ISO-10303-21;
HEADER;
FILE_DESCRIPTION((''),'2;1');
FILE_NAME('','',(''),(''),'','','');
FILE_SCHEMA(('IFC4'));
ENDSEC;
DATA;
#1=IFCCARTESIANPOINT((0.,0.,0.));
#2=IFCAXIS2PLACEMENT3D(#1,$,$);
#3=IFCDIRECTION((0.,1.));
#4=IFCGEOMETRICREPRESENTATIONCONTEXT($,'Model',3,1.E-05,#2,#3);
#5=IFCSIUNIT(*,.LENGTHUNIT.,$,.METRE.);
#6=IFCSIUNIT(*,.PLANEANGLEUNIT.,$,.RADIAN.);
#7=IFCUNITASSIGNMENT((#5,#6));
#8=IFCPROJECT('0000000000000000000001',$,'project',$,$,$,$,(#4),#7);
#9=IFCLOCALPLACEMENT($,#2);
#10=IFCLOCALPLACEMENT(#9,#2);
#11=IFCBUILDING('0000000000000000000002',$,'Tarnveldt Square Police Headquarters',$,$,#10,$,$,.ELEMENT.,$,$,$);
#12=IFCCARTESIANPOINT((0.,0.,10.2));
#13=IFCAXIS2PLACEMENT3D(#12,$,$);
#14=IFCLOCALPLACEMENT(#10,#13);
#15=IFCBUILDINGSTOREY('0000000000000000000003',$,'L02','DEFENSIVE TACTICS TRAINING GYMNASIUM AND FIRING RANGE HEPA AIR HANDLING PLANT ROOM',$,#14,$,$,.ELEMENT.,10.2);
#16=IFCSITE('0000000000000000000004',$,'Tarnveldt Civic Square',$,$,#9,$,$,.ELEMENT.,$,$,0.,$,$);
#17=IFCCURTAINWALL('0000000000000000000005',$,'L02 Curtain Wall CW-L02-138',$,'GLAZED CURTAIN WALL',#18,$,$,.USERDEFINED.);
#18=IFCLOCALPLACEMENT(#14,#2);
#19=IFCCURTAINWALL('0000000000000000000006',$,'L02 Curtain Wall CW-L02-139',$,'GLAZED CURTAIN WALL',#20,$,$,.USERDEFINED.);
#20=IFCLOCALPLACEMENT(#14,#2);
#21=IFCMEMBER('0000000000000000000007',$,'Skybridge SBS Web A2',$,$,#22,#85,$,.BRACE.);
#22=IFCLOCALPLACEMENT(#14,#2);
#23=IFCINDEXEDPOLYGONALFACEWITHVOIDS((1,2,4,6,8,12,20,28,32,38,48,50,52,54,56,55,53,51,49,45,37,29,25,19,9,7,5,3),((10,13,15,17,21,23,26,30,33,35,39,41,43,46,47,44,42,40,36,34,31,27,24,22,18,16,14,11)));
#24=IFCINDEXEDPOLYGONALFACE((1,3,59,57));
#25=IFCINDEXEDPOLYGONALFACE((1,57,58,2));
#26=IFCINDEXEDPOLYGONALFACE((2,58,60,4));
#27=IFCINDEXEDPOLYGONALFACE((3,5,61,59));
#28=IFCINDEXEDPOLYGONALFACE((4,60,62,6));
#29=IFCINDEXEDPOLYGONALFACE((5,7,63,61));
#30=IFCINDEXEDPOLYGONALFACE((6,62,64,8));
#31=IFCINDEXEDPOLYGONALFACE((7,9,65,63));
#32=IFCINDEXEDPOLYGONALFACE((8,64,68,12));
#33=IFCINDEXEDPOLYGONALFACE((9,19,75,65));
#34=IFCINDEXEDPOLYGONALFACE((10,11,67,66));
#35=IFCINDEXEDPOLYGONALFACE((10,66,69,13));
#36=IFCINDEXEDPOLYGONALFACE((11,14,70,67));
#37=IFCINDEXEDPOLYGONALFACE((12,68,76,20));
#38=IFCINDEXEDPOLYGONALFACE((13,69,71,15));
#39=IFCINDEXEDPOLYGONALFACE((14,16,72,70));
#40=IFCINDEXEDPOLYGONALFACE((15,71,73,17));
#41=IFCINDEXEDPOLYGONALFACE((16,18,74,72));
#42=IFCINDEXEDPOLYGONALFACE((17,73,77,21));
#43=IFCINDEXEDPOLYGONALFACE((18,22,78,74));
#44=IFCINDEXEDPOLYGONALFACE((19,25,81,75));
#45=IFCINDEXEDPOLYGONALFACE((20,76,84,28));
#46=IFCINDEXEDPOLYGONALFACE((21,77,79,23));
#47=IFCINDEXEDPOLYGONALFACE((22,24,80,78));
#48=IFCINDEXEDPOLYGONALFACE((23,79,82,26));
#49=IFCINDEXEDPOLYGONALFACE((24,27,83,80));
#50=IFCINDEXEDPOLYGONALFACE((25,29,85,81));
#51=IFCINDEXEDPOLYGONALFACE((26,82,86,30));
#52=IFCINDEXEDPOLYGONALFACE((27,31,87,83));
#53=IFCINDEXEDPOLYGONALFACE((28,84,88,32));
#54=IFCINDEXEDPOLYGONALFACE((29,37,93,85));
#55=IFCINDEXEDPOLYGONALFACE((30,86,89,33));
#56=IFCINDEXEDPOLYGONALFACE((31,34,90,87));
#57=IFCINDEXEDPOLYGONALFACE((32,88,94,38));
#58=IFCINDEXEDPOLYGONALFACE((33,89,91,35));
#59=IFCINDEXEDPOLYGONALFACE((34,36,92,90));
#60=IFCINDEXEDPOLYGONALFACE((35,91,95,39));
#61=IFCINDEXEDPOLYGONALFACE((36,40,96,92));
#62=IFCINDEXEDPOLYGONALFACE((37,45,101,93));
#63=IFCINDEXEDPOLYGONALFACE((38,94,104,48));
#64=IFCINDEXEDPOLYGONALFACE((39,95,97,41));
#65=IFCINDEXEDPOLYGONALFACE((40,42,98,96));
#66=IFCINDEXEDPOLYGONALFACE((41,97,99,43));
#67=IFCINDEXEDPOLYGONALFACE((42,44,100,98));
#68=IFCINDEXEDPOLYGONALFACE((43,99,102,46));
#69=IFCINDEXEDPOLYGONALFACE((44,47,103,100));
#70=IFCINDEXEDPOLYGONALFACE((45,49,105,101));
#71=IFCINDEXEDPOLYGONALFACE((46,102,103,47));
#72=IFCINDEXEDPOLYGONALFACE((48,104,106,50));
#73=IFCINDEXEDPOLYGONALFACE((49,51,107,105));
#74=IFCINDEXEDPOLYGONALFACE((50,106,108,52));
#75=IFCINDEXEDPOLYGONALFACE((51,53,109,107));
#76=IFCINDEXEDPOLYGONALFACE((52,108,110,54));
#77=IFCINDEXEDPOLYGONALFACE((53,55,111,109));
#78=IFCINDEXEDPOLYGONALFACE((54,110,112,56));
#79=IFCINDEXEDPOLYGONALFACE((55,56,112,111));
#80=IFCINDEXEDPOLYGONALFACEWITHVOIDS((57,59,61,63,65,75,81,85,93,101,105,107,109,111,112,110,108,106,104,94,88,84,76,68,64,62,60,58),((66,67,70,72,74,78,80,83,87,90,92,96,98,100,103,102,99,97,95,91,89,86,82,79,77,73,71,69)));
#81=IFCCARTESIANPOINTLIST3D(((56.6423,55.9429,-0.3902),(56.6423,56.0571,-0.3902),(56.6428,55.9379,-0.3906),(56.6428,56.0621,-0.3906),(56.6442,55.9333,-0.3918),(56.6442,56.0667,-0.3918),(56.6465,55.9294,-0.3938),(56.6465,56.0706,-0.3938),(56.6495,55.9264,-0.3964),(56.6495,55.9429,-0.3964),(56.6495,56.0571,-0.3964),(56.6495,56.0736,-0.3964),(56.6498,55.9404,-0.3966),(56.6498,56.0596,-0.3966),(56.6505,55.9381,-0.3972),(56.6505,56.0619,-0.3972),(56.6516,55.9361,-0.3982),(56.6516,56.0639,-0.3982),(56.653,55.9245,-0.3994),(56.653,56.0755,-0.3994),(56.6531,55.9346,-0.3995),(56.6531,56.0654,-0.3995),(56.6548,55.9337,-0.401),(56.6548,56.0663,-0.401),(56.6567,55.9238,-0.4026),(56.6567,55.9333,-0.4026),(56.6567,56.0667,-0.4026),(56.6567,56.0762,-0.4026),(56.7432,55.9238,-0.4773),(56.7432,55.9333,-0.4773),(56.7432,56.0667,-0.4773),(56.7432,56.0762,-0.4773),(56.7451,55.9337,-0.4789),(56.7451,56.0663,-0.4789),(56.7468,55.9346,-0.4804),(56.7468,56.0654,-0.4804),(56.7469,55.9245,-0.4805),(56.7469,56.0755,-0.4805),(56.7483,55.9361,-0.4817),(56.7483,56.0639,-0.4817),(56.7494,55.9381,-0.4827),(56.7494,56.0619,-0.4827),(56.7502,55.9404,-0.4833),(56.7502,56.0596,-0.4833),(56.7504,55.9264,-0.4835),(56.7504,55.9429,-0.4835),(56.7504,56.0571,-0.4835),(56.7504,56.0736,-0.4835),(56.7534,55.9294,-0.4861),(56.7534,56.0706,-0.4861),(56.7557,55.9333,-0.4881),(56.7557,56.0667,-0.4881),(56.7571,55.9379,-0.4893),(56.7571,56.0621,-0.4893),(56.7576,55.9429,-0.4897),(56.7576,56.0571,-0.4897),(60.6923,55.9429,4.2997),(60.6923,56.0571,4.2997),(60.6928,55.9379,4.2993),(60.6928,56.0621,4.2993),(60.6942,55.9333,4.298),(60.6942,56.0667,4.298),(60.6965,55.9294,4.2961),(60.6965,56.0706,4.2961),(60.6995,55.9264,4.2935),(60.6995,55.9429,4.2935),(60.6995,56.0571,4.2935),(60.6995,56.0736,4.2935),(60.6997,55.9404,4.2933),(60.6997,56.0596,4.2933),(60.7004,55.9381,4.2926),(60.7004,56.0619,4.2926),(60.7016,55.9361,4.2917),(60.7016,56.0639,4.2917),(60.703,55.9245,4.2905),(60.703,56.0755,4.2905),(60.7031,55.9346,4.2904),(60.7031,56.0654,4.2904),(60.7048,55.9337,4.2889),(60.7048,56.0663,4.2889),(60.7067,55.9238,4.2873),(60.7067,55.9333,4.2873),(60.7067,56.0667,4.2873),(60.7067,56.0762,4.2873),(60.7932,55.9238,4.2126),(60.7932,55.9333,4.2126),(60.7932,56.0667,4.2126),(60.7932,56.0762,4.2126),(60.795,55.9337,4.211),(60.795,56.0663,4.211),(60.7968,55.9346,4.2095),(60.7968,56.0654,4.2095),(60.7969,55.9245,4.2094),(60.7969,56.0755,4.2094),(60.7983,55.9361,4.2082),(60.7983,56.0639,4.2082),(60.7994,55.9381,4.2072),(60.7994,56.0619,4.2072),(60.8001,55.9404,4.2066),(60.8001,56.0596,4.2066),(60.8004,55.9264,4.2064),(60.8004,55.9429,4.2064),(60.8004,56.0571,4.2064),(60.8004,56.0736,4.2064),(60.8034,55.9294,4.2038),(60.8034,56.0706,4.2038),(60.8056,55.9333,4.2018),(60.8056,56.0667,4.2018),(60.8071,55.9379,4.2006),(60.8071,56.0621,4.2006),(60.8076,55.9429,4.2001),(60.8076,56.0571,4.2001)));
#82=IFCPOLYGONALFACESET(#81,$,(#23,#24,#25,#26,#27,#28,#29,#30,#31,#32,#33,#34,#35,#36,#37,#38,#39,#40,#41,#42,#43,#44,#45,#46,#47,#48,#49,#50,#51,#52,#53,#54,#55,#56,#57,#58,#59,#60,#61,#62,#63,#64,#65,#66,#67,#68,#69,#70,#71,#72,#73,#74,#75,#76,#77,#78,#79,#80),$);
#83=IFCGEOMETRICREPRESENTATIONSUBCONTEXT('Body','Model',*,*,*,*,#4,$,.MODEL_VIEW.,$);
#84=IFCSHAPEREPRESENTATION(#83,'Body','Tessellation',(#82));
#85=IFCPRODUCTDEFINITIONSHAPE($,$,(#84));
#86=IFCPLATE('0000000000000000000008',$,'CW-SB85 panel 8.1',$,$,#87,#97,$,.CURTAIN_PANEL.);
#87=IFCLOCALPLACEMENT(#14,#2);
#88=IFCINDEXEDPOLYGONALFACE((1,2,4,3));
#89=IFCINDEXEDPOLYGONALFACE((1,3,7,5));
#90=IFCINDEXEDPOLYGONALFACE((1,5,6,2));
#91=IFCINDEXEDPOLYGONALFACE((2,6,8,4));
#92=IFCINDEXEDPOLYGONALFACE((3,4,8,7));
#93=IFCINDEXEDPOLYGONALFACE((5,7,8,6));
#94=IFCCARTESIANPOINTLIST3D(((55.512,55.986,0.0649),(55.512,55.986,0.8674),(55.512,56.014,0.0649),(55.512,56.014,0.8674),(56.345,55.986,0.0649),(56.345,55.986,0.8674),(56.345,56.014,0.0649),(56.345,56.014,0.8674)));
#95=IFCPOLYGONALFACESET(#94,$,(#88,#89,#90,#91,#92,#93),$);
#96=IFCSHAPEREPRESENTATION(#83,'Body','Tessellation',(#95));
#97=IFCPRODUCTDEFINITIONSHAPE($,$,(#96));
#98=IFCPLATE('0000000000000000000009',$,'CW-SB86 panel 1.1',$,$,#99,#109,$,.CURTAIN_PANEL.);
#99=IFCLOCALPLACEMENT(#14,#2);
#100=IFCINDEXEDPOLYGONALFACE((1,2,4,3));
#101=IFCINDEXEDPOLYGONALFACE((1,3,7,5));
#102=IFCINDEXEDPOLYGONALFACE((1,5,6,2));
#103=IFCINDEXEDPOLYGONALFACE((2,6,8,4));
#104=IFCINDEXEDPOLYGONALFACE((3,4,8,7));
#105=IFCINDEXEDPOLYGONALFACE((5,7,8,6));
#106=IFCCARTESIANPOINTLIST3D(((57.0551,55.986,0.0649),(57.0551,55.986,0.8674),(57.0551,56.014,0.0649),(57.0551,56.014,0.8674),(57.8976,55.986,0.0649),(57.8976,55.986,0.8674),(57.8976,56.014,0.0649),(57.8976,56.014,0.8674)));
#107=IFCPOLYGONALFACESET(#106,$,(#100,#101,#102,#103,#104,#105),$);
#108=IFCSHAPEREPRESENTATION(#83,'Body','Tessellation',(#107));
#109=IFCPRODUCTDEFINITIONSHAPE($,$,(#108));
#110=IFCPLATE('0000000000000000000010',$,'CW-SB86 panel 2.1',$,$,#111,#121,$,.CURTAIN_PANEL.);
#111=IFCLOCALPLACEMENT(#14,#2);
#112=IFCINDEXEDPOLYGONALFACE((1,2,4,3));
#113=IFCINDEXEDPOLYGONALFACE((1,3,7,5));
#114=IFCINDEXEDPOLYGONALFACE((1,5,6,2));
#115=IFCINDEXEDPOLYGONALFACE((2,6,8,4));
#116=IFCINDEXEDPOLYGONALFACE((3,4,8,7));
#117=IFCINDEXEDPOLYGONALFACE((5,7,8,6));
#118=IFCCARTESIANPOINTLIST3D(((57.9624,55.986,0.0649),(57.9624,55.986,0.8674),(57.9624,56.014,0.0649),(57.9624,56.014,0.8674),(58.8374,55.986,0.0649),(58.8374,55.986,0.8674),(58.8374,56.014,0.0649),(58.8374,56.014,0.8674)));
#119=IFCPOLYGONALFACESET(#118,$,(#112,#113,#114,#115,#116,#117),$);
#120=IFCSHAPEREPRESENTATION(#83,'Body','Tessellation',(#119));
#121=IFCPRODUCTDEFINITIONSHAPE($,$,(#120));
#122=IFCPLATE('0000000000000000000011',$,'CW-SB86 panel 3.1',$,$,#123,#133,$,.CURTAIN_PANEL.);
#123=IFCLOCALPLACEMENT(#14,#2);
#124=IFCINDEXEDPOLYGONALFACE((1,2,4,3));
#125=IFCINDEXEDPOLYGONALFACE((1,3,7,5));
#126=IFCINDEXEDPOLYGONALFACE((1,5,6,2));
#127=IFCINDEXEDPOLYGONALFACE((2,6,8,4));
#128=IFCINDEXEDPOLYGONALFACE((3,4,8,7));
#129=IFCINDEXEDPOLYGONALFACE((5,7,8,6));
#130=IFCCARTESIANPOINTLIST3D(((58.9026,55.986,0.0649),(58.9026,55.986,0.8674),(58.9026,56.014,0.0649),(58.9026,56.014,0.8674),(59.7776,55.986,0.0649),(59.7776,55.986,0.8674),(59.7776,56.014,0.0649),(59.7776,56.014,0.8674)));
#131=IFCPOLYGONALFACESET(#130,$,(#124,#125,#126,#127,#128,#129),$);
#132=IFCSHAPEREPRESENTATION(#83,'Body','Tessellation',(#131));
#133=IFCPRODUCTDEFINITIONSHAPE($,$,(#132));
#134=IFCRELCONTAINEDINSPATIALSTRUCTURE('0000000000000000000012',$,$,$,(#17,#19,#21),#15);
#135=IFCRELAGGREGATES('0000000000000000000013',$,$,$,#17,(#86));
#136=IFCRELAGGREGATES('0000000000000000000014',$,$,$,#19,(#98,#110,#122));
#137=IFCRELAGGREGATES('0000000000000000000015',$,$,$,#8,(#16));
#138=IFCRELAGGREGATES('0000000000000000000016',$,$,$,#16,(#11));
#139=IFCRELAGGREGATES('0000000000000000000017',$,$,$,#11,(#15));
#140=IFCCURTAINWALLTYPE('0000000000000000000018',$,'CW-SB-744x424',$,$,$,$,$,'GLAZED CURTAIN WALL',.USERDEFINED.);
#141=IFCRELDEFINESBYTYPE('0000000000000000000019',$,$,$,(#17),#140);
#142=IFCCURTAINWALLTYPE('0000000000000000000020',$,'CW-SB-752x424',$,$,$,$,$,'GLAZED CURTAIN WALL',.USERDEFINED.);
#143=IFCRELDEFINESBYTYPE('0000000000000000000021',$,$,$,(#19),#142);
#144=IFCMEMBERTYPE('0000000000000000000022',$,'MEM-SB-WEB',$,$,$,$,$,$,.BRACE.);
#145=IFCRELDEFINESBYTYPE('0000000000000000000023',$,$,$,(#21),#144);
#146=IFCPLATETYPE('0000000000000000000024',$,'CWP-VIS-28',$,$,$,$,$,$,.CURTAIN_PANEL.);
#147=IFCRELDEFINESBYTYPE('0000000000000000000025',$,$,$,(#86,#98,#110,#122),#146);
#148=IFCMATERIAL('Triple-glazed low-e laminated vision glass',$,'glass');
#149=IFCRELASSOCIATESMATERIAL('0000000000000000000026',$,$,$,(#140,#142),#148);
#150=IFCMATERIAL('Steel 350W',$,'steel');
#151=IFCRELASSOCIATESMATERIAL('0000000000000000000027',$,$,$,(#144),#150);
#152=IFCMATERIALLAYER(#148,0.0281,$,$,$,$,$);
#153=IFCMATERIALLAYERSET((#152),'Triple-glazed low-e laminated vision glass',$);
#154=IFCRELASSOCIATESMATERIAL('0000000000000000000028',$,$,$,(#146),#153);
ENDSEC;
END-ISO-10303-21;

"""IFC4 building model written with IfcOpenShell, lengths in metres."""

from ifc_helpers import new_model, si_unit, direction, frame, origin, origin_2d, place, context, subcontext, project, spatial, rectangle, hollow_rectangle, extrude, material, layer, layer_set, material_profile, profile_set, type_object, element, aggregate, save


model = new_model("IFC4")

# Units and contexts
model_context = context("Model", 3, precision=1e-05, world=origin(), true_north=direction((0.0, 1.0)))
body_context = subcontext(model_context, "Body", "Model", "MODEL_VIEW")
ifc_project = project(units=[si_unit("LENGTHUNIT", "METRE"), si_unit("PLANEANGLEUNIT", "RADIAN")], contexts=[model_context])

# Site, building, storey
site_placement = place(None, origin())
site = spatial("IfcSite", under=ifc_project, at=site_placement, Name="Tarnveldt Civic Square", CompositionType="ELEMENT", RefElevation=0.0)
building_placement = place(site_placement, origin())
building = spatial("IfcBuilding", under=site, at=building_placement, Name="Tarnveldt Square Police Headquarters", CompositionType="ELEMENT")
storey_placement = place(building_placement, frame((0.0, 0.0, 10.2)))
storey = spatial("IfcBuildingStorey", under=building, at=storey_placement, Name="L02", Description="DEFENSIVE TACTICS TRAINING GYMNASIUM AND FIRING RANGE HEPA AIR HANDLING PLANT ROOM", CompositionType="ELEMENT", Elevation=10.2)

# Shared definitions
ifc_material_1 = material(Name="Steel 350W", Category="steel")

# Curtain walls
ifc_material_2 = material(Name="Triple-glazed low-e laminated vision glass", Category="glass")
curtain_wall_type_1 = type_object("IfcCurtainWallType", Name="CW-SB-744x424", ElementType="GLAZED CURTAIN WALL", PredefinedType="USERDEFINED", material=ifc_material_2)
curtain_wall_1_placement = place(storey_placement, origin())
curtain_wall_1 = element("IfcCurtainWall", 1, at=curtain_wall_1_placement, inside=storey, type_object=curtain_wall_type_1, Name="L02 Curtain Wall CW-L02-138", ObjectType="GLAZED CURTAIN WALL", PredefinedType="USERDEFINED")
curtain_wall_type_2 = type_object("IfcCurtainWallType", Name="CW-SB-752x424", ElementType="GLAZED CURTAIN WALL", PredefinedType="USERDEFINED", material=ifc_material_2)
curtain_wall_2_placement = place(storey_placement, origin())
curtain_wall_2 = element("IfcCurtainWall", 2, at=curtain_wall_2_placement, inside=storey, type_object=curtain_wall_type_2, Name="L02 Curtain Wall CW-L02-139", ObjectType="GLAZED CURTAIN WALL", PredefinedType="USERDEFINED")

# Member
ifc_material_profile_1 = material_profile(ifc_material_1, hollow_rectangle(XDim=0.1523, YDim=0.1523, WallThickness=0.0095, InnerFilletRadius=0.0095, OuterFilletRadius=0.019, at=origin_2d()), Name="HSS152x152x9.5")
ifc_profile_set_1 = profile_set([ifc_material_profile_1], Name="Steel 350W")
member_type_1 = type_object("IfcMemberType", Name="MEM-SB-WEB", PredefinedType="BRACE", material=ifc_profile_set_1)
for number, where, z_axis, x_axis, name in (
    (3, (56.7, 56.0, -0.4399), (0.653587, 0.0, 0.756851), (0.0, 1.0, 0.0), "Skybridge SBS Web A2"),
):
    element("IfcMember", number, at=place(storey_placement, frame(where, z_axis=z_axis, x_axis=x_axis)), inside=storey, type_object=member_type_1, Name=name, PredefinedType="BRACE", context=body_context, shape_type="SweptSolid", body=[
        extrude(hollow_rectangle(XDim=0.1523, YDim=0.1523, WallThickness=0.0095, InnerFilletRadius=0.0095, OuterFilletRadius=0.019, at=origin_2d()), origin(), (0.0, 0.0, 1.0), 6.1965),
    ])

# Plates
ifc_layer = layer(ifc_material_2, 0.0281)
ifc_layer_set = layer_set([ifc_layer], Name="Triple-glazed low-e laminated vision glass")
plate_type = type_object("IfcPlateType", Name="CWP-VIS-28", PredefinedType="CURTAIN_PANEL", material=ifc_layer_set)
plate_1_placement = place(storey_placement, frame((55.9285, 56.0, 0.0649), z_axis=(0.0, 0.0, 1.0), x_axis=(1.0, 0.0, 0.0)))
plate_1 = element("IfcPlate", 4, at=plate_1_placement, type_object=plate_type, Name="CW-SB85 panel 8.1", PredefinedType="CURTAIN_PANEL", context=body_context, shape_type="SweptSolid", body=[
    extrude(rectangle(XDim=0.833, YDim=0.0281, at=origin_2d()), origin(), (0.0, 0.0, 1.0), 0.8025),
])
aggregate(curtain_wall_1, [plate_1])
plate_2_placement = place(storey_placement, frame((57.4763, 56.0, 0.0649), z_axis=(0.0, 0.0, 1.0), x_axis=(1.0, 0.0, 0.0)))
plate_2 = element("IfcPlate", 5, at=plate_2_placement, type_object=plate_type, Name="CW-SB86 panel 1.1", PredefinedType="CURTAIN_PANEL", context=body_context, shape_type="SweptSolid", body=[
    extrude(rectangle(XDim=0.8425, YDim=0.0281, at=origin_2d()), origin(), (0.0, 0.0, 1.0), 0.8025),
])
plate_3_placement = place(storey_placement, frame((58.3999, 56.0, 0.0649), z_axis=(0.0, 0.0, 1.0), x_axis=(1.0, 0.0, 0.0)))
plate_3 = element("IfcPlate", 6, at=plate_3_placement, type_object=plate_type, Name="CW-SB86 panel 2.1", PredefinedType="CURTAIN_PANEL", context=body_context, shape_type="SweptSolid", body=[
    extrude(rectangle(XDim=0.875, YDim=0.0281, at=origin_2d()), origin(), (0.0, 0.0, 1.0), 0.8025),
])
plate_4_placement = place(storey_placement, frame((59.3401, 56.0, 0.0649), z_axis=(0.0, 0.0, 1.0), x_axis=(1.0, 0.0, 0.0)))
plate_4 = element("IfcPlate", 7, at=plate_4_placement, type_object=plate_type, Name="CW-SB86 panel 3.1", PredefinedType="CURTAIN_PANEL", context=body_context, shape_type="SweptSolid", body=[
    extrude(rectangle(XDim=0.875, YDim=0.0281, at=origin_2d()), origin(), (0.0, 0.0, 1.0), 0.8025),
])
aggregate(curtain_wall_2, [plate_2, plate_3, plate_4])

save(model, "model.ifc")
